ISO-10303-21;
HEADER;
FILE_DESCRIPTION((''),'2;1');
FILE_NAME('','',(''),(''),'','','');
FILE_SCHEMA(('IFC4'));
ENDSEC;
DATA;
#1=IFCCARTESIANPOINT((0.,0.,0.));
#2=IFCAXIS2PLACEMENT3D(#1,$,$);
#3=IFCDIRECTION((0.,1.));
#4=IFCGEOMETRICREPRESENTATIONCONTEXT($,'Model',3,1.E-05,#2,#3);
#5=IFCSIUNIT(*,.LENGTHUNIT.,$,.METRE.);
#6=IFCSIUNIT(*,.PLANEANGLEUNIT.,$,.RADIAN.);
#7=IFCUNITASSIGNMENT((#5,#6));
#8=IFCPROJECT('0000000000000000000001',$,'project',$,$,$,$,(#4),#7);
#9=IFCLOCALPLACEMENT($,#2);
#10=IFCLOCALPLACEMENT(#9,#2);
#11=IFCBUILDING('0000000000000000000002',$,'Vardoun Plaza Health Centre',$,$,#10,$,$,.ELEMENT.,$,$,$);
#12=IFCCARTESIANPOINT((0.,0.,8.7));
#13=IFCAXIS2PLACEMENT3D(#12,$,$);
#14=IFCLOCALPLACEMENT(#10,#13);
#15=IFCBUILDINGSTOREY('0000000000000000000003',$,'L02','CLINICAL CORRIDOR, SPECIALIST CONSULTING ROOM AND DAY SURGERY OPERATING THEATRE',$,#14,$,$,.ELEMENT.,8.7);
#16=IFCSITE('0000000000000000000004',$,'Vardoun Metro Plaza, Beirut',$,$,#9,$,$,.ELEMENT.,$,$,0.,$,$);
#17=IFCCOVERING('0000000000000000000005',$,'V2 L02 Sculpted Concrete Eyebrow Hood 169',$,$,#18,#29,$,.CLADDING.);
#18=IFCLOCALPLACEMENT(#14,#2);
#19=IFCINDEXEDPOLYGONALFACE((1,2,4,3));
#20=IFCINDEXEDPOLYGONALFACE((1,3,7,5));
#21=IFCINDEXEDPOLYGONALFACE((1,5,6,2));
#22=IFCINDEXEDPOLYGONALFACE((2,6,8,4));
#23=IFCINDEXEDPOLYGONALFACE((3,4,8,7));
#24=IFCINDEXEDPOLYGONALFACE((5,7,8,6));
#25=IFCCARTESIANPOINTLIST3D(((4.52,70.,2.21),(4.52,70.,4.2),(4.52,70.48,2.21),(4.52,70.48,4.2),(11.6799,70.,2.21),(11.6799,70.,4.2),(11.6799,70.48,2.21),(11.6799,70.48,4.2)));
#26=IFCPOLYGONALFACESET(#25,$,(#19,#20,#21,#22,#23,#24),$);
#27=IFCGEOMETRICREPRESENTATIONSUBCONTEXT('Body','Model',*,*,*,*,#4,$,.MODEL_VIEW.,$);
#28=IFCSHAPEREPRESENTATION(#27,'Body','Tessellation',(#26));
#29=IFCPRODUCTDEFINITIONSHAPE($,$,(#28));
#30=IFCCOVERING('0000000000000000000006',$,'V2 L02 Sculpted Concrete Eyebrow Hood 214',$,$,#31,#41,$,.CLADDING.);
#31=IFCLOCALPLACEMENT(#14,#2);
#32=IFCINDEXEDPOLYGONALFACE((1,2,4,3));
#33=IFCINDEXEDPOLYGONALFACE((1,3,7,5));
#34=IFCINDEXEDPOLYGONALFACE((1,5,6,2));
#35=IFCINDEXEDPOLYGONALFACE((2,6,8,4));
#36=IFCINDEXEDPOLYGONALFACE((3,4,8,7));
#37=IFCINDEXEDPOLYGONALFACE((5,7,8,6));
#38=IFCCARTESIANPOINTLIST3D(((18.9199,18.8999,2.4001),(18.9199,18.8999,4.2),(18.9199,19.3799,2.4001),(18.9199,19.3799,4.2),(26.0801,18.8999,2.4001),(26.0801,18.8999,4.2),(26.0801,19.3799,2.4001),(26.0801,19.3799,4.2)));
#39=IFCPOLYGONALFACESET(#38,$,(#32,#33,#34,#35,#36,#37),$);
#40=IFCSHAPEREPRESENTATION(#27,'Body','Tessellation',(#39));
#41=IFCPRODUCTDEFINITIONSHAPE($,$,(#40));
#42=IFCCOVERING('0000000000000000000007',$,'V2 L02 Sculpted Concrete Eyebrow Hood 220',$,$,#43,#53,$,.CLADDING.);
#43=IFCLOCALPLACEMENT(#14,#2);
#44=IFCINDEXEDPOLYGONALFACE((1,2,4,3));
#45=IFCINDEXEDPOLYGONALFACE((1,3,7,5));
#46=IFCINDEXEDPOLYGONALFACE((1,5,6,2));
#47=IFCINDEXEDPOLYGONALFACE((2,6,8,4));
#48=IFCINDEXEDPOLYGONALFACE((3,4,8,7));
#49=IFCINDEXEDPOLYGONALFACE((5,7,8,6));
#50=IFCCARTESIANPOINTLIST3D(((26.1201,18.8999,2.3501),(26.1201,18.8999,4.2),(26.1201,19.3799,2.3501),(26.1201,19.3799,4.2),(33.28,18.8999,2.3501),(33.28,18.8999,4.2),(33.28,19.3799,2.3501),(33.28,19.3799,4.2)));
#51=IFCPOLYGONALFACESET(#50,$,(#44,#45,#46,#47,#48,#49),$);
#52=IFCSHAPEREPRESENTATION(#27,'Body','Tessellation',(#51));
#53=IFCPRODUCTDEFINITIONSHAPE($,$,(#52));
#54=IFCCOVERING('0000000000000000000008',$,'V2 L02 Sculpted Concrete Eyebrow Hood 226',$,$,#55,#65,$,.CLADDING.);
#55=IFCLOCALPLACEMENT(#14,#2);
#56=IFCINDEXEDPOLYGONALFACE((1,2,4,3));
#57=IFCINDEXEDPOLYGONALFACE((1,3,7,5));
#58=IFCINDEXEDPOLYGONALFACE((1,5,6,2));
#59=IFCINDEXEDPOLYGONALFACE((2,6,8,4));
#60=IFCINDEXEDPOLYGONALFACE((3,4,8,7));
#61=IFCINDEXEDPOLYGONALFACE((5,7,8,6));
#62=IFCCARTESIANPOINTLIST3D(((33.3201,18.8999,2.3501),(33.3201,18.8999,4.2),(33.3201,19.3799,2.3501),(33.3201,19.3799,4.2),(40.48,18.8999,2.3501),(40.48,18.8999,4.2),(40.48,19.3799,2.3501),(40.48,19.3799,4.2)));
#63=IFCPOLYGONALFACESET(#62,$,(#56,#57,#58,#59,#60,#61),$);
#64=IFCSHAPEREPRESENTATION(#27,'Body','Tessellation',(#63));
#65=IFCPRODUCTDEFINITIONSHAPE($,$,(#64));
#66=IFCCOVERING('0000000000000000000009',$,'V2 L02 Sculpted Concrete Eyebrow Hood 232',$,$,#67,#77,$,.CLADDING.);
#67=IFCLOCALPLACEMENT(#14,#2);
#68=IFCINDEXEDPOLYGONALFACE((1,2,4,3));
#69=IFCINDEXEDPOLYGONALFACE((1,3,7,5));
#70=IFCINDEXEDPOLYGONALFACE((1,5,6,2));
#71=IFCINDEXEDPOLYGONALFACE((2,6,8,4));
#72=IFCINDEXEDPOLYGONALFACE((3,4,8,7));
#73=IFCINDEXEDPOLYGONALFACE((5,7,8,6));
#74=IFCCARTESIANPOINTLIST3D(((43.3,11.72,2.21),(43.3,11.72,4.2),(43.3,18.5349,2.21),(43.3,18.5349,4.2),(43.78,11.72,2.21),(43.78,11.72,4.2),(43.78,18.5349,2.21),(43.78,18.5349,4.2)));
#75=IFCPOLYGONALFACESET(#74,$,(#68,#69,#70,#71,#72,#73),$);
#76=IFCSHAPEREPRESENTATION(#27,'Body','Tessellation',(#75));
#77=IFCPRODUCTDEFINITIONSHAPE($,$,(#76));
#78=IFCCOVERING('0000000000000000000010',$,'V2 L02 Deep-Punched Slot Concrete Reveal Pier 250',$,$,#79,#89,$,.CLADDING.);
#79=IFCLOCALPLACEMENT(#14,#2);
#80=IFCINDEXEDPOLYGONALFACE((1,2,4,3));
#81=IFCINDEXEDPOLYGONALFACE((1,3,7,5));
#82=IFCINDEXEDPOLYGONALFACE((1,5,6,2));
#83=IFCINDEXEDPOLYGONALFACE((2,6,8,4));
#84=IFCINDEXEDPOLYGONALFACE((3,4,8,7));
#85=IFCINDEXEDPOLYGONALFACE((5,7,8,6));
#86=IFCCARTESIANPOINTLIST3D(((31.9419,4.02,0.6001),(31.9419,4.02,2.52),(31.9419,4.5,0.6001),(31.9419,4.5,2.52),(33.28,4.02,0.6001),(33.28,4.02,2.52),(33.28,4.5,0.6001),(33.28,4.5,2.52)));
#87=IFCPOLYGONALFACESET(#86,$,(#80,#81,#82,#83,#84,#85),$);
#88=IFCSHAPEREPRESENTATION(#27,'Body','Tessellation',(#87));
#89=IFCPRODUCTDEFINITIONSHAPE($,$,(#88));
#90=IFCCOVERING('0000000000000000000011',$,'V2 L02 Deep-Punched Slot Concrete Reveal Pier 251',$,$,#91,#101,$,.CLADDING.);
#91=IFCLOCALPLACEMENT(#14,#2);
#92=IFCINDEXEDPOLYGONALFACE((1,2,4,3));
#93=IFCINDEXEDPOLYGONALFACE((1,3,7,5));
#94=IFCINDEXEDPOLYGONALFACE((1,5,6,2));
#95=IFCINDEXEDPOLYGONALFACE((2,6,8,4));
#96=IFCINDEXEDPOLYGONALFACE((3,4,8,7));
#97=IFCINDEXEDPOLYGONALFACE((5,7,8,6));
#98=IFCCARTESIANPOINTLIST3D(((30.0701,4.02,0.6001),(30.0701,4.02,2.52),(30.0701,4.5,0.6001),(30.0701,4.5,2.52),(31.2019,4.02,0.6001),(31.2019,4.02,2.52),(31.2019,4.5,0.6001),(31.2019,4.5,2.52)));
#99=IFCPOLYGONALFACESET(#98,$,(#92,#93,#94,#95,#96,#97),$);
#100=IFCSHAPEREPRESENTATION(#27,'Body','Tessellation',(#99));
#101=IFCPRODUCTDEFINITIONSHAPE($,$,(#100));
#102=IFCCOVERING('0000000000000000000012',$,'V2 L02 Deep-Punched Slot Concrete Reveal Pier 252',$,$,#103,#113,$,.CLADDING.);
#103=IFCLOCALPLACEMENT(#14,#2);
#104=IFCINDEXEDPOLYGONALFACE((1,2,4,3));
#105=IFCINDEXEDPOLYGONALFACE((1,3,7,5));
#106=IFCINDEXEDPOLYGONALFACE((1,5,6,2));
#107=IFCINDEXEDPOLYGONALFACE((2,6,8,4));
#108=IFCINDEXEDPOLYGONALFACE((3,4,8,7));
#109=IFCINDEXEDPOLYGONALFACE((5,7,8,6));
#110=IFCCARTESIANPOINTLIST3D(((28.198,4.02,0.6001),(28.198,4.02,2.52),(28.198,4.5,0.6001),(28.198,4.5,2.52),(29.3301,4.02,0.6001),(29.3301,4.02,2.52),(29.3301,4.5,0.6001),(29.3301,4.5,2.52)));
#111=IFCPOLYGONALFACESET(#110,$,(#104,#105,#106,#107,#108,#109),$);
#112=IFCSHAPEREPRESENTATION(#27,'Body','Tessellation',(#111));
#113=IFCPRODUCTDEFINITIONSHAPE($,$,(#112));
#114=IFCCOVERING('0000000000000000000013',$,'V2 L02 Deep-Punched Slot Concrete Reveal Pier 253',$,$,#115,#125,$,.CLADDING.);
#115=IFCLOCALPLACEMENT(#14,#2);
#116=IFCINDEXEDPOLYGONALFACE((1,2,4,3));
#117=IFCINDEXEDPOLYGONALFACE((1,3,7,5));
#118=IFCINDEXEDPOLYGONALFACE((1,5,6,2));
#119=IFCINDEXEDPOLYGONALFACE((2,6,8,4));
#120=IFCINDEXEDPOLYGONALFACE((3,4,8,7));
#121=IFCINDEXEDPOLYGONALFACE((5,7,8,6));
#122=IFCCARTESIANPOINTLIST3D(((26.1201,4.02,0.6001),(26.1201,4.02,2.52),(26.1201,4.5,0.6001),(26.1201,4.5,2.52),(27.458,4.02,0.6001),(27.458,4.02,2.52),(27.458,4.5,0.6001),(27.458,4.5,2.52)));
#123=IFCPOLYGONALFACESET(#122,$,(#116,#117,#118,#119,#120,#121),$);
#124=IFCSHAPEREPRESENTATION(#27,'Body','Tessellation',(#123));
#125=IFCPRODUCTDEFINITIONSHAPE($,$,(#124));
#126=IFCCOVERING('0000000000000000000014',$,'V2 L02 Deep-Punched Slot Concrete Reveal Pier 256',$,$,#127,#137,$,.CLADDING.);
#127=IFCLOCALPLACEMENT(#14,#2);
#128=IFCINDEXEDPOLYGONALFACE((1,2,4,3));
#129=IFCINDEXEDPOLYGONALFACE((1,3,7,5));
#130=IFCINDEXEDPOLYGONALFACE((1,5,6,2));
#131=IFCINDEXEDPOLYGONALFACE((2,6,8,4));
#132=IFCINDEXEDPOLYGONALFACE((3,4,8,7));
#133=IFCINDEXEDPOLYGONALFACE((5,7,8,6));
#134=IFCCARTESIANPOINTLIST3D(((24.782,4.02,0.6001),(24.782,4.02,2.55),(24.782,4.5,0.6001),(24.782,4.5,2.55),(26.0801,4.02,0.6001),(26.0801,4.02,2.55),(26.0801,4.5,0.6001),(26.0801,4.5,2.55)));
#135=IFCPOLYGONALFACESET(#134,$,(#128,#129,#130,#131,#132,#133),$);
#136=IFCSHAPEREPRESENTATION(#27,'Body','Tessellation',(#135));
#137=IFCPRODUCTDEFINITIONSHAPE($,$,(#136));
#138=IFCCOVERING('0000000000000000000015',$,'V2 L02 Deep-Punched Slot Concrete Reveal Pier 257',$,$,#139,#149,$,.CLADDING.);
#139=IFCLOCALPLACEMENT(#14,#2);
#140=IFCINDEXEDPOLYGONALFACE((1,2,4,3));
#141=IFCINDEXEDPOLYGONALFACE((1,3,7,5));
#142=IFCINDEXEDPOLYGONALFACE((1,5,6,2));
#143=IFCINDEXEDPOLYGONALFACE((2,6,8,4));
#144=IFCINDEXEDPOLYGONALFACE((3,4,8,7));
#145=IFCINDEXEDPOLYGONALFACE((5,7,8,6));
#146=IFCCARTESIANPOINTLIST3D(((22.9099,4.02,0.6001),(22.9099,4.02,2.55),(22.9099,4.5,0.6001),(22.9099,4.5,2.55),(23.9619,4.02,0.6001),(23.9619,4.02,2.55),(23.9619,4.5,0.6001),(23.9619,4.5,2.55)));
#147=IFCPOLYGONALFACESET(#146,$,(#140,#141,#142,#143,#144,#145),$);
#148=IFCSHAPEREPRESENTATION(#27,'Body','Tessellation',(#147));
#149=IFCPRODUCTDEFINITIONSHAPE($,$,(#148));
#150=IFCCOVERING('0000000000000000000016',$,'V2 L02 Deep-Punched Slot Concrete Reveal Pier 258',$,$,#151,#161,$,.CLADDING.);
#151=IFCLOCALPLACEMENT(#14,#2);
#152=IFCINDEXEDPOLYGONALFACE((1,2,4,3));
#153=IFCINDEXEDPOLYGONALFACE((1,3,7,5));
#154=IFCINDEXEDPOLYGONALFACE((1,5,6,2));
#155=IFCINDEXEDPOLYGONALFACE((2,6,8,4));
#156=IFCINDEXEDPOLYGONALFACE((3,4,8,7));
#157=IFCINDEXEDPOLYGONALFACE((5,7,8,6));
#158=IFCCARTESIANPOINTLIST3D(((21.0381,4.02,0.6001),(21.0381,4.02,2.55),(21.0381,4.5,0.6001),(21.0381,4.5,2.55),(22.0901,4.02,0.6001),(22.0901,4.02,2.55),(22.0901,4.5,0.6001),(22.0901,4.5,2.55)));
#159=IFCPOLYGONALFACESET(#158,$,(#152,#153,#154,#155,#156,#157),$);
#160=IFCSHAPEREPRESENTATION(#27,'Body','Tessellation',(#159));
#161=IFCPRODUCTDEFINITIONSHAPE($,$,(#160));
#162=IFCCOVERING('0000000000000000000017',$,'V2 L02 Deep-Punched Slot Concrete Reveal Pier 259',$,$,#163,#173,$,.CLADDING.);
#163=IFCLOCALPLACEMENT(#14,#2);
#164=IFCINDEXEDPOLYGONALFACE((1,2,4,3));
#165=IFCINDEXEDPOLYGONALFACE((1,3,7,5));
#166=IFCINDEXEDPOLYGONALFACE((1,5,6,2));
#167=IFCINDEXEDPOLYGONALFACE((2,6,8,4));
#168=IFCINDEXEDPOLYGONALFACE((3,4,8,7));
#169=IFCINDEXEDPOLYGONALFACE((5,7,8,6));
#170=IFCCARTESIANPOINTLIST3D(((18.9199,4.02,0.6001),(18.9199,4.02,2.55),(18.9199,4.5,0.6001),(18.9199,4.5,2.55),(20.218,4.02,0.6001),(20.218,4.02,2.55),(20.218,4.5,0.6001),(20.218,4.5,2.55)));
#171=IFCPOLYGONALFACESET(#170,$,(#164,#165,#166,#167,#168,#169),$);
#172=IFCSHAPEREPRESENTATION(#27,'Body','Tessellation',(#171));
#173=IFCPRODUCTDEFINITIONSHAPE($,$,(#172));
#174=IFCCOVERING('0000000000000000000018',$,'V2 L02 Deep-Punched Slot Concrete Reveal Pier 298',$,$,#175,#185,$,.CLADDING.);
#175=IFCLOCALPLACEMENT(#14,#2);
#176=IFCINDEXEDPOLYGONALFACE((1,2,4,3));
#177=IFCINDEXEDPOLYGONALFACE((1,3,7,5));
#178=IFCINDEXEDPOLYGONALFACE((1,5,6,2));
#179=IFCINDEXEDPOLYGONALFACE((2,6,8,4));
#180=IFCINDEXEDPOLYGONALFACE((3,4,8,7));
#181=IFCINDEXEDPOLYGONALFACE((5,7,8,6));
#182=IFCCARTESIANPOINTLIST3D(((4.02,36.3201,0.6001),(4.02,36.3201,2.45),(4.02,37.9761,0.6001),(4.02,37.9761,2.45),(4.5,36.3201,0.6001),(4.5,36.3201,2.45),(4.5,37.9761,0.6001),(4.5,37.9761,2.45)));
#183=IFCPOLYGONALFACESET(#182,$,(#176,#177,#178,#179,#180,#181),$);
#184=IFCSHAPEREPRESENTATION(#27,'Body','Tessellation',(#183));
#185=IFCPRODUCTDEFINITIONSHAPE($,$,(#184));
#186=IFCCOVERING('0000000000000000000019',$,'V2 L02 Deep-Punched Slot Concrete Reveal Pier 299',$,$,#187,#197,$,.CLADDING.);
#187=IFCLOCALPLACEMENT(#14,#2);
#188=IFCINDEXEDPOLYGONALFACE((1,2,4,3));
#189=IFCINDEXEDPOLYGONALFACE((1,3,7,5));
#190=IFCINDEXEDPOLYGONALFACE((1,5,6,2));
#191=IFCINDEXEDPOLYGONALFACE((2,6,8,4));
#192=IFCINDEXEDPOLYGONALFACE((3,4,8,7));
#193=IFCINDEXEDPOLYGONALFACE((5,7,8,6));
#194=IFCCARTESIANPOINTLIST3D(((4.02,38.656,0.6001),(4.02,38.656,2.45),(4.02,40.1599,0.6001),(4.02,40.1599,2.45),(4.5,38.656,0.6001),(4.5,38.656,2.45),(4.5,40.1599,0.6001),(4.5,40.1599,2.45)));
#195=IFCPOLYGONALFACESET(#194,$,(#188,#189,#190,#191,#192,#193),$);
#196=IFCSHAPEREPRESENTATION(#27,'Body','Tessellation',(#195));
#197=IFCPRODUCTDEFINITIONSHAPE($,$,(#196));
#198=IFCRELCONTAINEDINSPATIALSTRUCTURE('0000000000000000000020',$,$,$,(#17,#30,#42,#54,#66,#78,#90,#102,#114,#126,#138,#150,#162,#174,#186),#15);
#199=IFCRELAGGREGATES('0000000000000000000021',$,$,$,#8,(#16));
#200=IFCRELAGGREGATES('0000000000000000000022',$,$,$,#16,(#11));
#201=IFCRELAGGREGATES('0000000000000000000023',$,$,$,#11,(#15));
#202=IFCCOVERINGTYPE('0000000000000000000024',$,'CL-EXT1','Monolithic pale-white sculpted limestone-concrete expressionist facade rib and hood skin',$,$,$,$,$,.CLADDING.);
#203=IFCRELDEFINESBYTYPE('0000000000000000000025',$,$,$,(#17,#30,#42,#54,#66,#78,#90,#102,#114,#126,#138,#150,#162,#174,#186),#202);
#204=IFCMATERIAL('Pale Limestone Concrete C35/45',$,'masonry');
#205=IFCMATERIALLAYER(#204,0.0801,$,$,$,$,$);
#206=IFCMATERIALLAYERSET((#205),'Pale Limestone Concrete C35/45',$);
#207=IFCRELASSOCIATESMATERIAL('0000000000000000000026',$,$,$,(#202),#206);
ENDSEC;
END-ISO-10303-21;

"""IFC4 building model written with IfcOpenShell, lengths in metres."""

from ifc_helpers import new_model, si_unit, direction, frame, origin, place, context, subcontext, project, spatial, polyline, outline, extrude, material, layer, layer_set, type_object, element, save


model = new_model("IFC4")

# Units and contexts
model_context = context("Model", 3, precision=1e-05, world=origin(), true_north=direction((0.0, 1.0)))
body_context = subcontext(model_context, "Body", "Model", "MODEL_VIEW")
ifc_project = project(units=[si_unit("LENGTHUNIT", "METRE"), si_unit("PLANEANGLEUNIT", "RADIAN")], contexts=[model_context])

# Site, building, storey
site_placement = place(None, origin())
site = spatial("IfcSite", under=ifc_project, at=site_placement, Name="Vardoun Metro Plaza, Beirut", CompositionType="ELEMENT", RefElevation=0.0)
building_placement = place(site_placement, origin())
building = spatial("IfcBuilding", under=site, at=building_placement, Name="Vardoun Plaza Health Centre", CompositionType="ELEMENT")
storey_placement = place(building_placement, frame((0.0, 0.0, 8.7)))
storey = spatial("IfcBuildingStorey", under=building, at=storey_placement, Name="L02", Description="CLINICAL CORRIDOR, SPECIALIST CONSULTING ROOM AND DAY SURGERY OPERATING THEATRE", CompositionType="ELEMENT", Elevation=8.7)

# Coverings
ifc_material = material(Name="Pale Limestone Concrete C35/45", Category="masonry")
ifc_layer = layer(ifc_material, 0.0801)
ifc_layer_set = layer_set([ifc_layer], Name="Pale Limestone Concrete C35/45")
covering_type = type_object("IfcCoveringType", Name="CL-EXT1", Description="Monolithic pale-white sculpted limestone-concrete expressionist facade rib and hood skin", PredefinedType="CLADDING", material=ifc_layer_set)
covering_1_placement = place(storey_placement, frame((0.0, 0.0, 2.21)))
element("IfcCovering", 1, at=covering_1_placement, inside=storey, type_object=covering_type, Name="V2 L02 Sculpted Concrete Eyebrow Hood 169", PredefinedType="CLADDING", context=body_context, shape_type="SweptSolid", body=[
    extrude(outline(polyline([(4.52, 70.0), (11.6799, 70.0), (11.6799, 70.48), (4.52, 70.48), (4.52, 70.0)])), origin(), (0.0, 0.0, 1.0), 1.99),
])
covering_2_placement = place(storey_placement, frame((0.0, 0.0, 2.4001)))
element("IfcCovering", 2, at=covering_2_placement, inside=storey, type_object=covering_type, Name="V2 L02 Sculpted Concrete Eyebrow Hood 214", PredefinedType="CLADDING", context=body_context, shape_type="SweptSolid", body=[
    extrude(outline(polyline([(18.9199, 18.8999), (26.0801, 18.8999), (26.0801, 19.3799), (18.9199, 19.3799), (18.9199, 18.8999)])), origin(), (0.0, 0.0, 1.0), 1.7998),
])
covering_3_placement = place(storey_placement, frame((0.0, 0.0, 2.3501)))
element("IfcCovering", 3, at=covering_3_placement, inside=storey, type_object=covering_type, Name="V2 L02 Sculpted Concrete Eyebrow Hood 220", PredefinedType="CLADDING", context=body_context, shape_type="SweptSolid", body=[
    extrude(outline(polyline([(26.1201, 18.8999), (33.28, 18.8999), (33.28, 19.3799), (26.1201, 19.3799), (26.1201, 18.8999)])), origin(), (0.0, 0.0, 1.0), 1.8499),
])
covering_4_placement = place(storey_placement, frame((0.0, 0.0, 2.3501)))
element("IfcCovering", 4, at=covering_4_placement, inside=storey, type_object=covering_type, Name="V2 L02 Sculpted Concrete Eyebrow Hood 226", PredefinedType="CLADDING", context=body_context, shape_type="SweptSolid", body=[
    extrude(outline(polyline([(33.3201, 18.8999), (40.48, 18.8999), (40.48, 19.3799), (33.3201, 19.3799), (33.3201, 18.8999)])), origin(), (0.0, 0.0, 1.0), 1.8499),
])
covering_5_placement = place(storey_placement, frame((0.0, 0.0, 2.21)))
element("IfcCovering", 5, at=covering_5_placement, inside=storey, type_object=covering_type, Name="V2 L02 Sculpted Concrete Eyebrow Hood 232", PredefinedType="CLADDING", context=body_context, shape_type="SweptSolid", body=[
    extrude(outline(polyline([(43.3, 18.5349), (43.3, 11.72), (43.78, 11.72), (43.78, 18.5349), (43.3, 18.5349)])), origin(), (0.0, 0.0, 1.0), 1.99),
])
covering_6_placement = place(storey_placement, frame((0.0, 0.0, 0.6001)))
element("IfcCovering", 6, at=covering_6_placement, inside=storey, type_object=covering_type, Name="V2 L02 Deep-Punched Slot Concrete Reveal Pier 250", PredefinedType="CLADDING", context=body_context, shape_type="SweptSolid", body=[
    extrude(outline(polyline([(33.28, 4.5), (31.9419, 4.5), (31.9419, 4.02), (33.28, 4.02), (33.28, 4.5)])), origin(), (0.0, 0.0, 1.0), 1.9199),
])
covering_7_placement = place(storey_placement, frame((0.0, 0.0, 0.6001)))
element("IfcCovering", 7, at=covering_7_placement, inside=storey, type_object=covering_type, Name="V2 L02 Deep-Punched Slot Concrete Reveal Pier 251", PredefinedType="CLADDING", context=body_context, shape_type="SweptSolid", body=[
    extrude(outline(polyline([(31.2019, 4.5), (30.0701, 4.5), (30.0701, 4.02), (31.2019, 4.02), (31.2019, 4.5)])), origin(), (0.0, 0.0, 1.0), 1.9199),
])
covering_8_placement = place(storey_placement, frame((0.0, 0.0, 0.6001)))
element("IfcCovering", 8, at=covering_8_placement, inside=storey, type_object=covering_type, Name="V2 L02 Deep-Punched Slot Concrete Reveal Pier 252", PredefinedType="CLADDING", context=body_context, shape_type="SweptSolid", body=[
    extrude(outline(polyline([(29.3301, 4.5), (28.198, 4.5), (28.198, 4.02), (29.3301, 4.02), (29.3301, 4.5)])), origin(), (0.0, 0.0, 1.0), 1.9199),
])
covering_9_placement = place(storey_placement, frame((0.0, 0.0, 0.6001)))
element("IfcCovering", 9, at=covering_9_placement, inside=storey, type_object=covering_type, Name="V2 L02 Deep-Punched Slot Concrete Reveal Pier 253", PredefinedType="CLADDING", context=body_context, shape_type="SweptSolid", body=[
    extrude(outline(polyline([(27.458, 4.5), (26.1201, 4.5), (26.1201, 4.02), (27.458, 4.02), (27.458, 4.5)])), origin(), (0.0, 0.0, 1.0), 1.9199),
])
covering_10_placement = place(storey_placement, frame((0.0, 0.0, 0.6001)))
element("IfcCovering", 10, at=covering_10_placement, inside=storey, type_object=covering_type, Name="V2 L02 Deep-Punched Slot Concrete Reveal Pier 256", PredefinedType="CLADDING", context=body_context, shape_type="SweptSolid", body=[
    extrude(outline(polyline([(26.0801, 4.5), (24.782, 4.5), (24.782, 4.02), (26.0801, 4.02), (26.0801, 4.5)])), origin(), (0.0, 0.0, 1.0), 1.95),
])
covering_11_placement = place(storey_placement, frame((0.0, 0.0, 0.6001)))
element("IfcCovering", 11, at=covering_11_placement, inside=storey, type_object=covering_type, Name="V2 L02 Deep-Punched Slot Concrete Reveal Pier 257", PredefinedType="CLADDING", context=body_context, shape_type="SweptSolid", body=[
    extrude(outline(polyline([(23.9619, 4.5), (22.9099, 4.5), (22.9099, 4.02), (23.9619, 4.02), (23.9619, 4.5)])), origin(), (0.0, 0.0, 1.0), 1.95),
])
covering_12_placement = place(storey_placement, frame((0.0, 0.0, 0.6001)))
element("IfcCovering", 12, at=covering_12_placement, inside=storey, type_object=covering_type, Name="V2 L02 Deep-Punched Slot Concrete Reveal Pier 258", PredefinedType="CLADDING", context=body_context, shape_type="SweptSolid", body=[
    extrude(outline(polyline([(22.0901, 4.5), (21.0381, 4.5), (21.0381, 4.02), (22.0901, 4.02), (22.0901, 4.5)])), origin(), (0.0, 0.0, 1.0), 1.95),
])
covering_13_placement = place(storey_placement, frame((0.0, 0.0, 0.6001)))
element("IfcCovering", 13, at=covering_13_placement, inside=storey, type_object=covering_type, Name="V2 L02 Deep-Punched Slot Concrete Reveal Pier 259", PredefinedType="CLADDING", context=body_context, shape_type="SweptSolid", body=[
    extrude(outline(polyline([(20.218, 4.5), (18.9199, 4.5), (18.9199, 4.02), (20.218, 4.02), (20.218, 4.5)])), origin(), (0.0, 0.0, 1.0), 1.95),
])
covering_14_placement = place(storey_placement, frame((0.0, 0.0, 0.6001)))
element("IfcCovering", 14, at=covering_14_placement, inside=storey, type_object=covering_type, Name="V2 L02 Deep-Punched Slot Concrete Reveal Pier 298", PredefinedType="CLADDING", context=body_context, shape_type="SweptSolid", body=[
    extrude(outline(polyline([(4.5, 36.3201), (4.5, 37.9761), (4.02, 37.9761), (4.02, 36.3201), (4.5, 36.3201)])), origin(), (0.0, 0.0, 1.0), 1.8499),
])
covering_15_placement = place(storey_placement, frame((0.0, 0.0, 0.6001)))
element("IfcCovering", 15, at=covering_15_placement, inside=storey, type_object=covering_type, Name="V2 L02 Deep-Punched Slot Concrete Reveal Pier 299", PredefinedType="CLADDING", context=body_context, shape_type="SweptSolid", body=[
    extrude(outline(polyline([(4.5, 38.656), (4.5, 40.1599), (4.02, 40.1599), (4.02, 38.656), (4.5, 38.656)])), origin(), (0.0, 0.0, 1.0), 1.8499),
])

save(model, "model.ifc")
